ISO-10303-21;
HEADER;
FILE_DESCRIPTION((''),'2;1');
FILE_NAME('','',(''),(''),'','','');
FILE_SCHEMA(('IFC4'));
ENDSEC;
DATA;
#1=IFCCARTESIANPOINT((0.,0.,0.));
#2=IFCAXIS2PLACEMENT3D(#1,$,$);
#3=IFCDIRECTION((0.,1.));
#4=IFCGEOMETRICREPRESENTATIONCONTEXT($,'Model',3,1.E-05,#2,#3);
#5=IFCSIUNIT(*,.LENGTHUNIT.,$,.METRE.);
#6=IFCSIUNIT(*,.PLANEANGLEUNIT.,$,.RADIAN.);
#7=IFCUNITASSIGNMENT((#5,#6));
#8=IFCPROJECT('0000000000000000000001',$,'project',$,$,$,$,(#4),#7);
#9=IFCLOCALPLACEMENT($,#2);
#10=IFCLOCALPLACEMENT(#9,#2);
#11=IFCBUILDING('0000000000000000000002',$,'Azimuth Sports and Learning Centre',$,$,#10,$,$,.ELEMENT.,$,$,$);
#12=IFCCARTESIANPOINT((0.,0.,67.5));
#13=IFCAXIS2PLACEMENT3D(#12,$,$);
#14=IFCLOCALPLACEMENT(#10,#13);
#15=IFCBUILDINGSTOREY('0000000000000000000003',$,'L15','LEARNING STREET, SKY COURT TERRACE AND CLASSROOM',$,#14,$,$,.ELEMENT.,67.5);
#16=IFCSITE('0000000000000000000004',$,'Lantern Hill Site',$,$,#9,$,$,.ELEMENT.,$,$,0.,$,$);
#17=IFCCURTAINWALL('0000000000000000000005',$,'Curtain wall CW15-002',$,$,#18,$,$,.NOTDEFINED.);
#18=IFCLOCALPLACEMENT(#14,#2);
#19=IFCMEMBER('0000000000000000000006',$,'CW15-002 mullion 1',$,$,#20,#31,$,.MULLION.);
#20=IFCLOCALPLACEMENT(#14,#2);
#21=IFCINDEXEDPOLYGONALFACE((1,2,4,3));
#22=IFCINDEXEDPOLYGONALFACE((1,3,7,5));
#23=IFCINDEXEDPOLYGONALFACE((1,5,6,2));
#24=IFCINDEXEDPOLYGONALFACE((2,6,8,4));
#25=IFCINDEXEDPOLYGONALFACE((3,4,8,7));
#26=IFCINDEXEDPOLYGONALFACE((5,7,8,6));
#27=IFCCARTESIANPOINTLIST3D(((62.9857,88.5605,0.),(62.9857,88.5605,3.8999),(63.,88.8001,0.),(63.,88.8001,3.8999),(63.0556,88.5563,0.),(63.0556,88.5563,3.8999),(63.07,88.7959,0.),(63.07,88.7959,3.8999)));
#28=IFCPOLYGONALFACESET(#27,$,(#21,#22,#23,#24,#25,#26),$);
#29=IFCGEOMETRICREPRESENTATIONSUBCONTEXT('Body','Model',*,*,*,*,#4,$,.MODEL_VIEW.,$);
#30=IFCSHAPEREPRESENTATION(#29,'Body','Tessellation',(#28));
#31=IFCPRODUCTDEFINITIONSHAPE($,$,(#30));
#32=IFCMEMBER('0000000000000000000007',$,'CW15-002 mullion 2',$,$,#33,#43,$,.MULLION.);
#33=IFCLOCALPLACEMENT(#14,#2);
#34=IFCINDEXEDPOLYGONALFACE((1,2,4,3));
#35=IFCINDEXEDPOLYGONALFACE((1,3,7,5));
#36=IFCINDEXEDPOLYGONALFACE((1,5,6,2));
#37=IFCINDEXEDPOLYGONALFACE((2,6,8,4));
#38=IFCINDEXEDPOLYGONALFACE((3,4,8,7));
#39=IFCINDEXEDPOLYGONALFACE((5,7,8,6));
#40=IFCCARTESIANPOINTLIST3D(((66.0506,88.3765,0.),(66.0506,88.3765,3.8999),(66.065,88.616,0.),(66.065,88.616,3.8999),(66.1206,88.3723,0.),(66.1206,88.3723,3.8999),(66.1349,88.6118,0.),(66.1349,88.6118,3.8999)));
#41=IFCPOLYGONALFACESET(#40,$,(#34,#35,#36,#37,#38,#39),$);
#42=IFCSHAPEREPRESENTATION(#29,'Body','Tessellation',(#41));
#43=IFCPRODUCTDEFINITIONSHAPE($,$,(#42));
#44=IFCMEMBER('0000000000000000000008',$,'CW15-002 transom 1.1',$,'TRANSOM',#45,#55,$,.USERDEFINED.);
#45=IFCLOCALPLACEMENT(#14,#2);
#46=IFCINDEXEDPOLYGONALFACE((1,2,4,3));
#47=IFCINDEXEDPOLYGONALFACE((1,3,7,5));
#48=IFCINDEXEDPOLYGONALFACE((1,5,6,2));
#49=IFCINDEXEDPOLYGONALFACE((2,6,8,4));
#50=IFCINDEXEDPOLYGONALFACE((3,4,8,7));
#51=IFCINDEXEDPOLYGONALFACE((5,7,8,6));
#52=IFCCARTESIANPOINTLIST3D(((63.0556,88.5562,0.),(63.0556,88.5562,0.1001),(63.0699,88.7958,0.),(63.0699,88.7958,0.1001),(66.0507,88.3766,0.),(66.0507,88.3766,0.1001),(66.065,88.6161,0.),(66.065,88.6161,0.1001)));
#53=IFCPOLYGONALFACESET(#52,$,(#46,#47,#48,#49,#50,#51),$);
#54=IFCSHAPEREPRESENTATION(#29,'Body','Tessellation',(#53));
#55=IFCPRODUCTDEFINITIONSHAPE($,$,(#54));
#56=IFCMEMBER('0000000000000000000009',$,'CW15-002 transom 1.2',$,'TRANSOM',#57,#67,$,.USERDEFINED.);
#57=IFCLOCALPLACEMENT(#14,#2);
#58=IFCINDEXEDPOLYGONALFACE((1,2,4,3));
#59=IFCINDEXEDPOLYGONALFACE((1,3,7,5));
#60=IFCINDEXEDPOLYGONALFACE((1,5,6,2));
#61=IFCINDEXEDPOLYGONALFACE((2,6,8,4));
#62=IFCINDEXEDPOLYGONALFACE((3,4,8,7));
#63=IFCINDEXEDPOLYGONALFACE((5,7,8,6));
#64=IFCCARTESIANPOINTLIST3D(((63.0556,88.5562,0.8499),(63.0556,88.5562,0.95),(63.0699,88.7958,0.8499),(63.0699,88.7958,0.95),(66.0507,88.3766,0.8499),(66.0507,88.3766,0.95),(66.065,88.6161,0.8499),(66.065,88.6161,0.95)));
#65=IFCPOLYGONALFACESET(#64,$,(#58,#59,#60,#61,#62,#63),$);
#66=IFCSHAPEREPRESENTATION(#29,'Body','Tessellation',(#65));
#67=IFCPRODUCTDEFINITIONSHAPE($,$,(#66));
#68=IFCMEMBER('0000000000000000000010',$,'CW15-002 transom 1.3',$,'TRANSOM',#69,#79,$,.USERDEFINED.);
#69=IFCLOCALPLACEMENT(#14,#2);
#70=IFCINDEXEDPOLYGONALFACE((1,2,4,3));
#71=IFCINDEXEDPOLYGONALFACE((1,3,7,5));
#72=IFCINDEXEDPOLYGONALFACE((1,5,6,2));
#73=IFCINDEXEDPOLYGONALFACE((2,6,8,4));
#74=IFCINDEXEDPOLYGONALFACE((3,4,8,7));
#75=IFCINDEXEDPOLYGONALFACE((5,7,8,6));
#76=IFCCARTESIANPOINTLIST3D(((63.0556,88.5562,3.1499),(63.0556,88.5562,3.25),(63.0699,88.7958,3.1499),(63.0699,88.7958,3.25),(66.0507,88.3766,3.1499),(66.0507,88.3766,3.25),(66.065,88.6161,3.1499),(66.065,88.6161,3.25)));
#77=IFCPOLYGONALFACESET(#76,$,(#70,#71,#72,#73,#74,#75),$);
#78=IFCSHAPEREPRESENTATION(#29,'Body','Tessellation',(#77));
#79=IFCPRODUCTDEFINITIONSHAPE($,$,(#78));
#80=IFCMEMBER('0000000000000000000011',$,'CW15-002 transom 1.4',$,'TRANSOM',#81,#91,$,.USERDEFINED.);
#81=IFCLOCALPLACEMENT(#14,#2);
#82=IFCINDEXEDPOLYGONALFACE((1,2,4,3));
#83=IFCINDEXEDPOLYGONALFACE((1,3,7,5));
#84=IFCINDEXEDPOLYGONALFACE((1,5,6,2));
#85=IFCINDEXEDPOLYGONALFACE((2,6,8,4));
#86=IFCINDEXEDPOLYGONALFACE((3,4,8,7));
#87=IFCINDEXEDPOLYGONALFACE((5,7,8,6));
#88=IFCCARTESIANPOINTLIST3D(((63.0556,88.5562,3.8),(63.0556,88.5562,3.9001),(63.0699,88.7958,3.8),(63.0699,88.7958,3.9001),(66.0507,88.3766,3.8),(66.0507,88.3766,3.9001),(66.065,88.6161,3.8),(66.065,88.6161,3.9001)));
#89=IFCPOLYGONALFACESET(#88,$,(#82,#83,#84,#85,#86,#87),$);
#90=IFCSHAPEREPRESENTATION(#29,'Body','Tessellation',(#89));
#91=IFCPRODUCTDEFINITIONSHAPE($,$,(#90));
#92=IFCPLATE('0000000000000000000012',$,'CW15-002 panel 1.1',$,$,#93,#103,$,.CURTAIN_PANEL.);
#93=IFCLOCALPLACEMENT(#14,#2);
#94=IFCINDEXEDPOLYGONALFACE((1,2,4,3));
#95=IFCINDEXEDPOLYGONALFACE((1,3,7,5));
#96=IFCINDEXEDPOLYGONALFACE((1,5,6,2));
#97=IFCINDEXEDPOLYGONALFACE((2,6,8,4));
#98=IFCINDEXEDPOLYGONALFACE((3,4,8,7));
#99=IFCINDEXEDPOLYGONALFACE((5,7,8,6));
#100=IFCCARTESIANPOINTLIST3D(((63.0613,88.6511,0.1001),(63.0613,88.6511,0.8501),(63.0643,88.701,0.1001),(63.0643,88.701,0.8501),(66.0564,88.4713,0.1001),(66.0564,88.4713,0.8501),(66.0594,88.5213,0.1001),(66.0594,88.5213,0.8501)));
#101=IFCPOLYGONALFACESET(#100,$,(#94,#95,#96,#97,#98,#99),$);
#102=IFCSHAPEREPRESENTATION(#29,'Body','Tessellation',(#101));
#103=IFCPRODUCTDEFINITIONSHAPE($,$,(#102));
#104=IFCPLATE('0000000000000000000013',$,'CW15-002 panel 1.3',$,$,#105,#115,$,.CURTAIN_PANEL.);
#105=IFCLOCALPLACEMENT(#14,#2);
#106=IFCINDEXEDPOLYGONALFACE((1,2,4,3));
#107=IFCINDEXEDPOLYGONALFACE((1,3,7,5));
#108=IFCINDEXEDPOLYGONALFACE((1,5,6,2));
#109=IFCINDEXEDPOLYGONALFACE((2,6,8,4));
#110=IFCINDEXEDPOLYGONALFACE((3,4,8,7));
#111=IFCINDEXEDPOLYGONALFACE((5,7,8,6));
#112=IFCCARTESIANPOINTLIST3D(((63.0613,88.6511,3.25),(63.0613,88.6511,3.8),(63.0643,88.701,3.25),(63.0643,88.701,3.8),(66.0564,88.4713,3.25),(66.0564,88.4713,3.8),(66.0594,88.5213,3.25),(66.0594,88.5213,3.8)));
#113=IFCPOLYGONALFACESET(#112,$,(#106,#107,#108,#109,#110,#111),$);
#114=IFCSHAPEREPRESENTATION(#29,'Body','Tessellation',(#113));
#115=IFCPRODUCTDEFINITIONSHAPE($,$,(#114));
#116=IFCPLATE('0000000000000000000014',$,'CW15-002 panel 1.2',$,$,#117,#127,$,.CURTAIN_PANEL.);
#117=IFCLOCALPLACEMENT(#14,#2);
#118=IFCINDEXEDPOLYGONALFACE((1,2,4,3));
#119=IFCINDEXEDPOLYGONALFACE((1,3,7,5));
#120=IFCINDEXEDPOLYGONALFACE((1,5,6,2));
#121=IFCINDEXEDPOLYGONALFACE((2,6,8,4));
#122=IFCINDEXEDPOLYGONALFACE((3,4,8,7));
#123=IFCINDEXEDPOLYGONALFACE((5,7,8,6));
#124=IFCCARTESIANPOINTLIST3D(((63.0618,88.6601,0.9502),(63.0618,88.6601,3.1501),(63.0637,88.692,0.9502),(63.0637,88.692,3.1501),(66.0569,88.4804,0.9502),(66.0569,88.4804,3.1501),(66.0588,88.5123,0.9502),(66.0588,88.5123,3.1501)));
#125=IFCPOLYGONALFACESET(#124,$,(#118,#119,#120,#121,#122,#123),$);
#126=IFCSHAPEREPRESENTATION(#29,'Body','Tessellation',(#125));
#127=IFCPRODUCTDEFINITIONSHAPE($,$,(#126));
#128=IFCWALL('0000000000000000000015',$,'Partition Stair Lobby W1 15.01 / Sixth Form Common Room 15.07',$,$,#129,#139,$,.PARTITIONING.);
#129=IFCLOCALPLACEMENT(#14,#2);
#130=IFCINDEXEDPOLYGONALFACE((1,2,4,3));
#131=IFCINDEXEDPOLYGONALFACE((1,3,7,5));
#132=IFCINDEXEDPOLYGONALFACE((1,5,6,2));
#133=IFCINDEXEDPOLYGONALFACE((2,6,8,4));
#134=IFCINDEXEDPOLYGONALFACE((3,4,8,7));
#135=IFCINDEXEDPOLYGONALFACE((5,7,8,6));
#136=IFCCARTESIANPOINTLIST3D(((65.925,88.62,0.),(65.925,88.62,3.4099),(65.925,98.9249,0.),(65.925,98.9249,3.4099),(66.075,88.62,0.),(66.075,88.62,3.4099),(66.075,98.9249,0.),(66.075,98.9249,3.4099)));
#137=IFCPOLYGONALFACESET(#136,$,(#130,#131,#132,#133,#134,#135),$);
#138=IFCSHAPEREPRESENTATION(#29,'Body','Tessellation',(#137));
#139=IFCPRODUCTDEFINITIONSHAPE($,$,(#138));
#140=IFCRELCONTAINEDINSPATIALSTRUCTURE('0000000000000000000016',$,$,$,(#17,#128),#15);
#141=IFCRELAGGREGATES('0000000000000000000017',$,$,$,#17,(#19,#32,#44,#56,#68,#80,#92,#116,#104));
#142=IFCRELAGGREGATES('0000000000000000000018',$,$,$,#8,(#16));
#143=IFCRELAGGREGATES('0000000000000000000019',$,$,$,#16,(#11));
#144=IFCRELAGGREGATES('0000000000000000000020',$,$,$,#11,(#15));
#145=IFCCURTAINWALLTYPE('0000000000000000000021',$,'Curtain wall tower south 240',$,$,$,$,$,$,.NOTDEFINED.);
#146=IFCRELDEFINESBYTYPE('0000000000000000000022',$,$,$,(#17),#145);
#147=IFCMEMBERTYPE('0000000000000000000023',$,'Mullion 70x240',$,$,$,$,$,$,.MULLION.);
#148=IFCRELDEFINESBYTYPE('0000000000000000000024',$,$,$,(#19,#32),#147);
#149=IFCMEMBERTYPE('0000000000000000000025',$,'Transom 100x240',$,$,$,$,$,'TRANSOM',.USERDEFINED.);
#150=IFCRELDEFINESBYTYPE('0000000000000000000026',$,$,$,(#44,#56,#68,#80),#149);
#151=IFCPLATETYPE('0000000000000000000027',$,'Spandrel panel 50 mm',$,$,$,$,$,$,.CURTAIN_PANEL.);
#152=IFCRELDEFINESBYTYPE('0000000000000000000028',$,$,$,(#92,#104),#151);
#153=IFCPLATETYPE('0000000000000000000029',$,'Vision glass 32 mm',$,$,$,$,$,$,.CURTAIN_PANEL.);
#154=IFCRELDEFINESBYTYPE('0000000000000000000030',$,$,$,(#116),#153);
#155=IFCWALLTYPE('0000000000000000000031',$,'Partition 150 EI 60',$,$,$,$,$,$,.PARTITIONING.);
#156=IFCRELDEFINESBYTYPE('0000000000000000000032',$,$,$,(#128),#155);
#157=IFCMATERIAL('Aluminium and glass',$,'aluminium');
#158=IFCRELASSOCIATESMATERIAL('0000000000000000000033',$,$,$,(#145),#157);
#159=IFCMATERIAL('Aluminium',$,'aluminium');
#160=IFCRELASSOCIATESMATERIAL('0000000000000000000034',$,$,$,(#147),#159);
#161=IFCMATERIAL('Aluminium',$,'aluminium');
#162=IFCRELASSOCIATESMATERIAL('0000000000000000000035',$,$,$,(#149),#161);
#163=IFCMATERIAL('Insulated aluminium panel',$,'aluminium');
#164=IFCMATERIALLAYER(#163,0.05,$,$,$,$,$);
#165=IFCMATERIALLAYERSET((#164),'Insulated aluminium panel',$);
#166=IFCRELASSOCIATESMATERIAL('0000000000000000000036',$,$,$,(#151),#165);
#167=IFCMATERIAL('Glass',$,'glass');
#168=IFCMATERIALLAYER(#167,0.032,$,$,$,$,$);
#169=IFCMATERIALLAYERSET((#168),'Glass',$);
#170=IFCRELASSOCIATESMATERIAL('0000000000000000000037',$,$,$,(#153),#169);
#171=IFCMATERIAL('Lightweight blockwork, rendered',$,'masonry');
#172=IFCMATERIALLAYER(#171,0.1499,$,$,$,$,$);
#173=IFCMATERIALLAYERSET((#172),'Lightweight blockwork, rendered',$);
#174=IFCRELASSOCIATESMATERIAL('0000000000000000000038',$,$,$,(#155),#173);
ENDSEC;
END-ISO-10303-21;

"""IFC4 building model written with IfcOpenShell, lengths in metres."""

from ifc_helpers import new_model, si_unit, direction, frame, frame_2d, origin, origin_2d, place, context, subcontext, project, spatial, rectangle, extrude, material, layer, layer_set, material_profile, profile_set, type_object, element, aggregate, save


model = new_model("IFC4")

# Units and contexts
model_context = context("Model", 3, precision=1e-05, world=origin(), true_north=direction((0.0, 1.0)))
body_context = subcontext(model_context, "Body", "Model", "MODEL_VIEW")
ifc_project = project(units=[si_unit("LENGTHUNIT", "METRE"), si_unit("PLANEANGLEUNIT", "RADIAN")], contexts=[model_context])

# Site, building, storey
site_placement = place(None, origin())
site = spatial("IfcSite", under=ifc_project, at=site_placement, Name="Lantern Hill Site", CompositionType="ELEMENT", RefElevation=0.0)
building_placement = place(site_placement, origin())
building = spatial("IfcBuilding", under=site, at=building_placement, Name="Azimuth Sports and Learning Centre", CompositionType="ELEMENT")
storey_placement = place(building_placement, frame((0.0, 0.0, 67.5)))
storey = spatial("IfcBuildingStorey", under=building, at=storey_placement, Name="L15", Description="LEARNING STREET, SKY COURT TERRACE AND CLASSROOM", CompositionType="ELEMENT", Elevation=67.5)

# Curtain wall, members, plates
ifc_material_1 = material(Name="Aluminium and glass", Category="aluminium")
curtain_wall_type = type_object("IfcCurtainWallType", Name="Curtain wall tower south 240", PredefinedType="NOTDEFINED", material=ifc_material_1)
curtain_wall_placement = place(storey_placement, origin())
curtain_wall = element("IfcCurtainWall", 1, at=curtain_wall_placement, inside=storey, type_object=curtain_wall_type, Name="Curtain wall CW15-002", PredefinedType="NOTDEFINED")
ifc_material_2 = material(Name="Aluminium", Category="aluminium")
ifc_material_profile_1 = material_profile(ifc_material_2, rectangle(XDim=0.24, YDim=0.0701, at=origin_2d()), Name="Mullion 70x240")
ifc_profile_set_1 = profile_set([ifc_material_profile_1], Name="Aluminium")
member_type_1 = type_object("IfcMemberType", Name="Mullion 70x240", PredefinedType="MULLION", material=ifc_profile_set_1)
member_1_placement = place(storey_placement, frame((63.0278, 88.6782, 0.0), z_axis=(0.0, 0.0, 1.0), x_axis=(0.059892, 0.998205, 0.0)))
member_1 = element("IfcMember", 2, at=member_1_placement, type_object=member_type_1, Name="CW15-002 mullion 1", PredefinedType="MULLION", context=body_context, shape_type="SweptSolid", body=[
    extrude(rectangle(XDim=0.24, YDim=0.0701, at=origin_2d()), origin(), (0.0, 0.0, 1.0), 3.8999),
])
member_2_placement = place(storey_placement, frame((66.0928, 88.4941, 0.0), z_axis=(0.0, 0.0, 1.0), x_axis=(0.059892, 0.998205, 0.0)))
member_2 = element("IfcMember", 3, at=member_2_placement, type_object=member_type_1, Name="CW15-002 mullion 2", PredefinedType="MULLION", context=body_context, shape_type="SweptSolid", body=[
    extrude(rectangle(XDim=0.24, YDim=0.0701, at=origin_2d()), origin(), (0.0, 0.0, 1.0), 3.8999),
])
ifc_material_3 = material(Name="Aluminium", Category="aluminium")
ifc_material_profile_2 = material_profile(ifc_material_3, rectangle(XDim=0.24, YDim=0.1001, at=origin_2d()), Name="Transom 100x240")
ifc_profile_set_2 = profile_set([ifc_material_profile_2], Name="Aluminium")
member_type_2 = type_object("IfcMemberType", Name="Transom 100x240", ElementType="TRANSOM", PredefinedType="USERDEFINED", material=ifc_profile_set_2)
member_3_placement = place(storey_placement, frame((63.0627, 88.676, 0.05), z_axis=(0.998205, -0.059886, 0.0), x_axis=(0.059886, 0.998205, 0.0)))
member_3 = element("IfcMember", 4, at=member_3_placement, type_object=member_type_2, Name="CW15-002 transom 1.1", ObjectType="TRANSOM", PredefinedType="USERDEFINED", context=body_context, shape_type="SweptSolid", body=[
    extrude(rectangle(XDim=0.24, YDim=0.1001, at=origin_2d()), origin(), (0.0, 0.0, 1.0), 3.0005),
])
member_4_placement = place(storey_placement, frame((63.0627, 88.676, 0.8999), z_axis=(0.998205, -0.059886, 0.0), x_axis=(0.059886, 0.998205, 0.0)))
member_4 = element("IfcMember", 5, at=member_4_placement, type_object=member_type_2, Name="CW15-002 transom 1.2", ObjectType="TRANSOM", PredefinedType="USERDEFINED", context=body_context, shape_type="SweptSolid", body=[
    extrude(rectangle(XDim=0.24, YDim=0.1001, at=origin_2d()), origin(), (0.0, 0.0, 1.0), 3.0005),
])
member_5_placement = place(storey_placement, frame((63.0627, 88.676, 3.2), z_axis=(0.998205, -0.059886, 0.0), x_axis=(0.059886, 0.998205, 0.0)))
member_5 = element("IfcMember", 6, at=member_5_placement, type_object=member_type_2, Name="CW15-002 transom 1.3", ObjectType="TRANSOM", PredefinedType="USERDEFINED", context=body_context, shape_type="SweptSolid", body=[
    extrude(rectangle(XDim=0.24, YDim=0.1001, at=origin_2d()), origin(), (0.0, 0.0, 1.0), 3.0005),
])
member_6_placement = place(storey_placement, frame((63.0627, 88.676, 3.8501), z_axis=(0.998205, -0.059886, 0.0), x_axis=(0.059886, 0.998205, 0.0)))
member_6 = element("IfcMember", 7, at=member_6_placement, type_object=member_type_2, Name="CW15-002 transom 1.4", ObjectType="TRANSOM", PredefinedType="USERDEFINED", context=body_context, shape_type="SweptSolid", body=[
    extrude(rectangle(XDim=0.24, YDim=0.1001, at=origin_2d()), origin(), (0.0, 0.0, 1.0), 3.0005),
])
ifc_material_4 = material(Name="Insulated aluminium panel", Category="aluminium")
ifc_layer_1 = layer(ifc_material_4, 0.05)
ifc_layer_set_1 = layer_set([ifc_layer_1], Name="Insulated aluminium panel")
plate_type_1 = type_object("IfcPlateType", Name="Spandrel panel 50 mm", PredefinedType="CURTAIN_PANEL", material=ifc_layer_set_1)
plate_1_placement = place(storey_placement, frame((64.5603, 88.5862, 0.1001), z_axis=(0.0, 0.0, 1.0), x_axis=(0.998205, -0.059892, 0.0)))
plate_1 = element("IfcPlate", 8, at=plate_1_placement, type_object=plate_type_1, Name="CW15-002 panel 1.1", PredefinedType="CURTAIN_PANEL", context=body_context, shape_type="SweptSolid", body=[
    extrude(rectangle(XDim=3.0005, YDim=0.05, at=origin_2d()), origin(), (0.0, 0.0, 1.0), 0.75),
])
plate_2_placement = place(storey_placement, frame((64.5603, 88.5862, 3.25), z_axis=(0.0, 0.0, 1.0), x_axis=(0.998205, -0.059892, 0.0)))
plate_2 = element("IfcPlate", 9, at=plate_2_placement, type_object=plate_type_1, Name="CW15-002 panel 1.3", PredefinedType="CURTAIN_PANEL", context=body_context, shape_type="SweptSolid", body=[
    extrude(rectangle(XDim=3.0005, YDim=0.05, at=origin_2d()), origin(), (0.0, 0.0, 1.0), 0.55),
])
ifc_material_5 = material(Name="Glass", Category="glass")
ifc_layer_2 = layer(ifc_material_5, 0.032)
ifc_layer_set_2 = layer_set([ifc_layer_2], Name="Glass")
plate_type_2 = type_object("IfcPlateType", Name="Vision glass 32 mm", PredefinedType="CURTAIN_PANEL", material=ifc_layer_set_2)
plate_3_placement = place(storey_placement, frame((64.5603, 88.5862, 0.9502), z_axis=(0.0, 0.0, 1.0), x_axis=(0.998205, -0.059892, 0.0)))
plate_3 = element("IfcPlate", 10, at=plate_3_placement, type_object=plate_type_2, Name="CW15-002 panel 1.2", PredefinedType="CURTAIN_PANEL", context=body_context, shape_type="SweptSolid", body=[
    extrude(rectangle(XDim=3.0005, YDim=0.032, at=origin_2d()), origin(), (0.0, 0.0, 1.0), 2.2),
])
aggregate(curtain_wall, [member_1, member_2, member_3, member_4, member_5, member_6, plate_1, plate_3, plate_2])

# Wall
ifc_material_6 = material(Name="Lightweight blockwork, rendered", Category="masonry")
ifc_layer_3 = layer(ifc_material_6, 0.1499)
ifc_layer_set_3 = layer_set([ifc_layer_3], Name="Lightweight blockwork, rendered")
wall_type = type_object("IfcWallType", Name="Partition 150 EI 60", PredefinedType="PARTITIONING", material=ifc_layer_set_3)
wall_placement = place(storey_placement, frame((66.0, 88.6201, 0.0), z_axis=(0.0, 0.0, 1.0), x_axis=(0.0, 1.0, 0.0)))
element("IfcWall", 11, at=wall_placement, inside=storey, type_object=wall_type, Name="Partition Stair Lobby W1 15.01 / Sixth Form Common Room 15.07", PredefinedType="PARTITIONING", context=body_context, shape_type="SweptSolid", body=[
    extrude(rectangle(XDim=10.3049, YDim=0.1499, at=frame_2d((5.1523, 0.0))), origin(), (0.0, 0.0, 1.0), 3.4099),
])

save(model, "model.ifc")
